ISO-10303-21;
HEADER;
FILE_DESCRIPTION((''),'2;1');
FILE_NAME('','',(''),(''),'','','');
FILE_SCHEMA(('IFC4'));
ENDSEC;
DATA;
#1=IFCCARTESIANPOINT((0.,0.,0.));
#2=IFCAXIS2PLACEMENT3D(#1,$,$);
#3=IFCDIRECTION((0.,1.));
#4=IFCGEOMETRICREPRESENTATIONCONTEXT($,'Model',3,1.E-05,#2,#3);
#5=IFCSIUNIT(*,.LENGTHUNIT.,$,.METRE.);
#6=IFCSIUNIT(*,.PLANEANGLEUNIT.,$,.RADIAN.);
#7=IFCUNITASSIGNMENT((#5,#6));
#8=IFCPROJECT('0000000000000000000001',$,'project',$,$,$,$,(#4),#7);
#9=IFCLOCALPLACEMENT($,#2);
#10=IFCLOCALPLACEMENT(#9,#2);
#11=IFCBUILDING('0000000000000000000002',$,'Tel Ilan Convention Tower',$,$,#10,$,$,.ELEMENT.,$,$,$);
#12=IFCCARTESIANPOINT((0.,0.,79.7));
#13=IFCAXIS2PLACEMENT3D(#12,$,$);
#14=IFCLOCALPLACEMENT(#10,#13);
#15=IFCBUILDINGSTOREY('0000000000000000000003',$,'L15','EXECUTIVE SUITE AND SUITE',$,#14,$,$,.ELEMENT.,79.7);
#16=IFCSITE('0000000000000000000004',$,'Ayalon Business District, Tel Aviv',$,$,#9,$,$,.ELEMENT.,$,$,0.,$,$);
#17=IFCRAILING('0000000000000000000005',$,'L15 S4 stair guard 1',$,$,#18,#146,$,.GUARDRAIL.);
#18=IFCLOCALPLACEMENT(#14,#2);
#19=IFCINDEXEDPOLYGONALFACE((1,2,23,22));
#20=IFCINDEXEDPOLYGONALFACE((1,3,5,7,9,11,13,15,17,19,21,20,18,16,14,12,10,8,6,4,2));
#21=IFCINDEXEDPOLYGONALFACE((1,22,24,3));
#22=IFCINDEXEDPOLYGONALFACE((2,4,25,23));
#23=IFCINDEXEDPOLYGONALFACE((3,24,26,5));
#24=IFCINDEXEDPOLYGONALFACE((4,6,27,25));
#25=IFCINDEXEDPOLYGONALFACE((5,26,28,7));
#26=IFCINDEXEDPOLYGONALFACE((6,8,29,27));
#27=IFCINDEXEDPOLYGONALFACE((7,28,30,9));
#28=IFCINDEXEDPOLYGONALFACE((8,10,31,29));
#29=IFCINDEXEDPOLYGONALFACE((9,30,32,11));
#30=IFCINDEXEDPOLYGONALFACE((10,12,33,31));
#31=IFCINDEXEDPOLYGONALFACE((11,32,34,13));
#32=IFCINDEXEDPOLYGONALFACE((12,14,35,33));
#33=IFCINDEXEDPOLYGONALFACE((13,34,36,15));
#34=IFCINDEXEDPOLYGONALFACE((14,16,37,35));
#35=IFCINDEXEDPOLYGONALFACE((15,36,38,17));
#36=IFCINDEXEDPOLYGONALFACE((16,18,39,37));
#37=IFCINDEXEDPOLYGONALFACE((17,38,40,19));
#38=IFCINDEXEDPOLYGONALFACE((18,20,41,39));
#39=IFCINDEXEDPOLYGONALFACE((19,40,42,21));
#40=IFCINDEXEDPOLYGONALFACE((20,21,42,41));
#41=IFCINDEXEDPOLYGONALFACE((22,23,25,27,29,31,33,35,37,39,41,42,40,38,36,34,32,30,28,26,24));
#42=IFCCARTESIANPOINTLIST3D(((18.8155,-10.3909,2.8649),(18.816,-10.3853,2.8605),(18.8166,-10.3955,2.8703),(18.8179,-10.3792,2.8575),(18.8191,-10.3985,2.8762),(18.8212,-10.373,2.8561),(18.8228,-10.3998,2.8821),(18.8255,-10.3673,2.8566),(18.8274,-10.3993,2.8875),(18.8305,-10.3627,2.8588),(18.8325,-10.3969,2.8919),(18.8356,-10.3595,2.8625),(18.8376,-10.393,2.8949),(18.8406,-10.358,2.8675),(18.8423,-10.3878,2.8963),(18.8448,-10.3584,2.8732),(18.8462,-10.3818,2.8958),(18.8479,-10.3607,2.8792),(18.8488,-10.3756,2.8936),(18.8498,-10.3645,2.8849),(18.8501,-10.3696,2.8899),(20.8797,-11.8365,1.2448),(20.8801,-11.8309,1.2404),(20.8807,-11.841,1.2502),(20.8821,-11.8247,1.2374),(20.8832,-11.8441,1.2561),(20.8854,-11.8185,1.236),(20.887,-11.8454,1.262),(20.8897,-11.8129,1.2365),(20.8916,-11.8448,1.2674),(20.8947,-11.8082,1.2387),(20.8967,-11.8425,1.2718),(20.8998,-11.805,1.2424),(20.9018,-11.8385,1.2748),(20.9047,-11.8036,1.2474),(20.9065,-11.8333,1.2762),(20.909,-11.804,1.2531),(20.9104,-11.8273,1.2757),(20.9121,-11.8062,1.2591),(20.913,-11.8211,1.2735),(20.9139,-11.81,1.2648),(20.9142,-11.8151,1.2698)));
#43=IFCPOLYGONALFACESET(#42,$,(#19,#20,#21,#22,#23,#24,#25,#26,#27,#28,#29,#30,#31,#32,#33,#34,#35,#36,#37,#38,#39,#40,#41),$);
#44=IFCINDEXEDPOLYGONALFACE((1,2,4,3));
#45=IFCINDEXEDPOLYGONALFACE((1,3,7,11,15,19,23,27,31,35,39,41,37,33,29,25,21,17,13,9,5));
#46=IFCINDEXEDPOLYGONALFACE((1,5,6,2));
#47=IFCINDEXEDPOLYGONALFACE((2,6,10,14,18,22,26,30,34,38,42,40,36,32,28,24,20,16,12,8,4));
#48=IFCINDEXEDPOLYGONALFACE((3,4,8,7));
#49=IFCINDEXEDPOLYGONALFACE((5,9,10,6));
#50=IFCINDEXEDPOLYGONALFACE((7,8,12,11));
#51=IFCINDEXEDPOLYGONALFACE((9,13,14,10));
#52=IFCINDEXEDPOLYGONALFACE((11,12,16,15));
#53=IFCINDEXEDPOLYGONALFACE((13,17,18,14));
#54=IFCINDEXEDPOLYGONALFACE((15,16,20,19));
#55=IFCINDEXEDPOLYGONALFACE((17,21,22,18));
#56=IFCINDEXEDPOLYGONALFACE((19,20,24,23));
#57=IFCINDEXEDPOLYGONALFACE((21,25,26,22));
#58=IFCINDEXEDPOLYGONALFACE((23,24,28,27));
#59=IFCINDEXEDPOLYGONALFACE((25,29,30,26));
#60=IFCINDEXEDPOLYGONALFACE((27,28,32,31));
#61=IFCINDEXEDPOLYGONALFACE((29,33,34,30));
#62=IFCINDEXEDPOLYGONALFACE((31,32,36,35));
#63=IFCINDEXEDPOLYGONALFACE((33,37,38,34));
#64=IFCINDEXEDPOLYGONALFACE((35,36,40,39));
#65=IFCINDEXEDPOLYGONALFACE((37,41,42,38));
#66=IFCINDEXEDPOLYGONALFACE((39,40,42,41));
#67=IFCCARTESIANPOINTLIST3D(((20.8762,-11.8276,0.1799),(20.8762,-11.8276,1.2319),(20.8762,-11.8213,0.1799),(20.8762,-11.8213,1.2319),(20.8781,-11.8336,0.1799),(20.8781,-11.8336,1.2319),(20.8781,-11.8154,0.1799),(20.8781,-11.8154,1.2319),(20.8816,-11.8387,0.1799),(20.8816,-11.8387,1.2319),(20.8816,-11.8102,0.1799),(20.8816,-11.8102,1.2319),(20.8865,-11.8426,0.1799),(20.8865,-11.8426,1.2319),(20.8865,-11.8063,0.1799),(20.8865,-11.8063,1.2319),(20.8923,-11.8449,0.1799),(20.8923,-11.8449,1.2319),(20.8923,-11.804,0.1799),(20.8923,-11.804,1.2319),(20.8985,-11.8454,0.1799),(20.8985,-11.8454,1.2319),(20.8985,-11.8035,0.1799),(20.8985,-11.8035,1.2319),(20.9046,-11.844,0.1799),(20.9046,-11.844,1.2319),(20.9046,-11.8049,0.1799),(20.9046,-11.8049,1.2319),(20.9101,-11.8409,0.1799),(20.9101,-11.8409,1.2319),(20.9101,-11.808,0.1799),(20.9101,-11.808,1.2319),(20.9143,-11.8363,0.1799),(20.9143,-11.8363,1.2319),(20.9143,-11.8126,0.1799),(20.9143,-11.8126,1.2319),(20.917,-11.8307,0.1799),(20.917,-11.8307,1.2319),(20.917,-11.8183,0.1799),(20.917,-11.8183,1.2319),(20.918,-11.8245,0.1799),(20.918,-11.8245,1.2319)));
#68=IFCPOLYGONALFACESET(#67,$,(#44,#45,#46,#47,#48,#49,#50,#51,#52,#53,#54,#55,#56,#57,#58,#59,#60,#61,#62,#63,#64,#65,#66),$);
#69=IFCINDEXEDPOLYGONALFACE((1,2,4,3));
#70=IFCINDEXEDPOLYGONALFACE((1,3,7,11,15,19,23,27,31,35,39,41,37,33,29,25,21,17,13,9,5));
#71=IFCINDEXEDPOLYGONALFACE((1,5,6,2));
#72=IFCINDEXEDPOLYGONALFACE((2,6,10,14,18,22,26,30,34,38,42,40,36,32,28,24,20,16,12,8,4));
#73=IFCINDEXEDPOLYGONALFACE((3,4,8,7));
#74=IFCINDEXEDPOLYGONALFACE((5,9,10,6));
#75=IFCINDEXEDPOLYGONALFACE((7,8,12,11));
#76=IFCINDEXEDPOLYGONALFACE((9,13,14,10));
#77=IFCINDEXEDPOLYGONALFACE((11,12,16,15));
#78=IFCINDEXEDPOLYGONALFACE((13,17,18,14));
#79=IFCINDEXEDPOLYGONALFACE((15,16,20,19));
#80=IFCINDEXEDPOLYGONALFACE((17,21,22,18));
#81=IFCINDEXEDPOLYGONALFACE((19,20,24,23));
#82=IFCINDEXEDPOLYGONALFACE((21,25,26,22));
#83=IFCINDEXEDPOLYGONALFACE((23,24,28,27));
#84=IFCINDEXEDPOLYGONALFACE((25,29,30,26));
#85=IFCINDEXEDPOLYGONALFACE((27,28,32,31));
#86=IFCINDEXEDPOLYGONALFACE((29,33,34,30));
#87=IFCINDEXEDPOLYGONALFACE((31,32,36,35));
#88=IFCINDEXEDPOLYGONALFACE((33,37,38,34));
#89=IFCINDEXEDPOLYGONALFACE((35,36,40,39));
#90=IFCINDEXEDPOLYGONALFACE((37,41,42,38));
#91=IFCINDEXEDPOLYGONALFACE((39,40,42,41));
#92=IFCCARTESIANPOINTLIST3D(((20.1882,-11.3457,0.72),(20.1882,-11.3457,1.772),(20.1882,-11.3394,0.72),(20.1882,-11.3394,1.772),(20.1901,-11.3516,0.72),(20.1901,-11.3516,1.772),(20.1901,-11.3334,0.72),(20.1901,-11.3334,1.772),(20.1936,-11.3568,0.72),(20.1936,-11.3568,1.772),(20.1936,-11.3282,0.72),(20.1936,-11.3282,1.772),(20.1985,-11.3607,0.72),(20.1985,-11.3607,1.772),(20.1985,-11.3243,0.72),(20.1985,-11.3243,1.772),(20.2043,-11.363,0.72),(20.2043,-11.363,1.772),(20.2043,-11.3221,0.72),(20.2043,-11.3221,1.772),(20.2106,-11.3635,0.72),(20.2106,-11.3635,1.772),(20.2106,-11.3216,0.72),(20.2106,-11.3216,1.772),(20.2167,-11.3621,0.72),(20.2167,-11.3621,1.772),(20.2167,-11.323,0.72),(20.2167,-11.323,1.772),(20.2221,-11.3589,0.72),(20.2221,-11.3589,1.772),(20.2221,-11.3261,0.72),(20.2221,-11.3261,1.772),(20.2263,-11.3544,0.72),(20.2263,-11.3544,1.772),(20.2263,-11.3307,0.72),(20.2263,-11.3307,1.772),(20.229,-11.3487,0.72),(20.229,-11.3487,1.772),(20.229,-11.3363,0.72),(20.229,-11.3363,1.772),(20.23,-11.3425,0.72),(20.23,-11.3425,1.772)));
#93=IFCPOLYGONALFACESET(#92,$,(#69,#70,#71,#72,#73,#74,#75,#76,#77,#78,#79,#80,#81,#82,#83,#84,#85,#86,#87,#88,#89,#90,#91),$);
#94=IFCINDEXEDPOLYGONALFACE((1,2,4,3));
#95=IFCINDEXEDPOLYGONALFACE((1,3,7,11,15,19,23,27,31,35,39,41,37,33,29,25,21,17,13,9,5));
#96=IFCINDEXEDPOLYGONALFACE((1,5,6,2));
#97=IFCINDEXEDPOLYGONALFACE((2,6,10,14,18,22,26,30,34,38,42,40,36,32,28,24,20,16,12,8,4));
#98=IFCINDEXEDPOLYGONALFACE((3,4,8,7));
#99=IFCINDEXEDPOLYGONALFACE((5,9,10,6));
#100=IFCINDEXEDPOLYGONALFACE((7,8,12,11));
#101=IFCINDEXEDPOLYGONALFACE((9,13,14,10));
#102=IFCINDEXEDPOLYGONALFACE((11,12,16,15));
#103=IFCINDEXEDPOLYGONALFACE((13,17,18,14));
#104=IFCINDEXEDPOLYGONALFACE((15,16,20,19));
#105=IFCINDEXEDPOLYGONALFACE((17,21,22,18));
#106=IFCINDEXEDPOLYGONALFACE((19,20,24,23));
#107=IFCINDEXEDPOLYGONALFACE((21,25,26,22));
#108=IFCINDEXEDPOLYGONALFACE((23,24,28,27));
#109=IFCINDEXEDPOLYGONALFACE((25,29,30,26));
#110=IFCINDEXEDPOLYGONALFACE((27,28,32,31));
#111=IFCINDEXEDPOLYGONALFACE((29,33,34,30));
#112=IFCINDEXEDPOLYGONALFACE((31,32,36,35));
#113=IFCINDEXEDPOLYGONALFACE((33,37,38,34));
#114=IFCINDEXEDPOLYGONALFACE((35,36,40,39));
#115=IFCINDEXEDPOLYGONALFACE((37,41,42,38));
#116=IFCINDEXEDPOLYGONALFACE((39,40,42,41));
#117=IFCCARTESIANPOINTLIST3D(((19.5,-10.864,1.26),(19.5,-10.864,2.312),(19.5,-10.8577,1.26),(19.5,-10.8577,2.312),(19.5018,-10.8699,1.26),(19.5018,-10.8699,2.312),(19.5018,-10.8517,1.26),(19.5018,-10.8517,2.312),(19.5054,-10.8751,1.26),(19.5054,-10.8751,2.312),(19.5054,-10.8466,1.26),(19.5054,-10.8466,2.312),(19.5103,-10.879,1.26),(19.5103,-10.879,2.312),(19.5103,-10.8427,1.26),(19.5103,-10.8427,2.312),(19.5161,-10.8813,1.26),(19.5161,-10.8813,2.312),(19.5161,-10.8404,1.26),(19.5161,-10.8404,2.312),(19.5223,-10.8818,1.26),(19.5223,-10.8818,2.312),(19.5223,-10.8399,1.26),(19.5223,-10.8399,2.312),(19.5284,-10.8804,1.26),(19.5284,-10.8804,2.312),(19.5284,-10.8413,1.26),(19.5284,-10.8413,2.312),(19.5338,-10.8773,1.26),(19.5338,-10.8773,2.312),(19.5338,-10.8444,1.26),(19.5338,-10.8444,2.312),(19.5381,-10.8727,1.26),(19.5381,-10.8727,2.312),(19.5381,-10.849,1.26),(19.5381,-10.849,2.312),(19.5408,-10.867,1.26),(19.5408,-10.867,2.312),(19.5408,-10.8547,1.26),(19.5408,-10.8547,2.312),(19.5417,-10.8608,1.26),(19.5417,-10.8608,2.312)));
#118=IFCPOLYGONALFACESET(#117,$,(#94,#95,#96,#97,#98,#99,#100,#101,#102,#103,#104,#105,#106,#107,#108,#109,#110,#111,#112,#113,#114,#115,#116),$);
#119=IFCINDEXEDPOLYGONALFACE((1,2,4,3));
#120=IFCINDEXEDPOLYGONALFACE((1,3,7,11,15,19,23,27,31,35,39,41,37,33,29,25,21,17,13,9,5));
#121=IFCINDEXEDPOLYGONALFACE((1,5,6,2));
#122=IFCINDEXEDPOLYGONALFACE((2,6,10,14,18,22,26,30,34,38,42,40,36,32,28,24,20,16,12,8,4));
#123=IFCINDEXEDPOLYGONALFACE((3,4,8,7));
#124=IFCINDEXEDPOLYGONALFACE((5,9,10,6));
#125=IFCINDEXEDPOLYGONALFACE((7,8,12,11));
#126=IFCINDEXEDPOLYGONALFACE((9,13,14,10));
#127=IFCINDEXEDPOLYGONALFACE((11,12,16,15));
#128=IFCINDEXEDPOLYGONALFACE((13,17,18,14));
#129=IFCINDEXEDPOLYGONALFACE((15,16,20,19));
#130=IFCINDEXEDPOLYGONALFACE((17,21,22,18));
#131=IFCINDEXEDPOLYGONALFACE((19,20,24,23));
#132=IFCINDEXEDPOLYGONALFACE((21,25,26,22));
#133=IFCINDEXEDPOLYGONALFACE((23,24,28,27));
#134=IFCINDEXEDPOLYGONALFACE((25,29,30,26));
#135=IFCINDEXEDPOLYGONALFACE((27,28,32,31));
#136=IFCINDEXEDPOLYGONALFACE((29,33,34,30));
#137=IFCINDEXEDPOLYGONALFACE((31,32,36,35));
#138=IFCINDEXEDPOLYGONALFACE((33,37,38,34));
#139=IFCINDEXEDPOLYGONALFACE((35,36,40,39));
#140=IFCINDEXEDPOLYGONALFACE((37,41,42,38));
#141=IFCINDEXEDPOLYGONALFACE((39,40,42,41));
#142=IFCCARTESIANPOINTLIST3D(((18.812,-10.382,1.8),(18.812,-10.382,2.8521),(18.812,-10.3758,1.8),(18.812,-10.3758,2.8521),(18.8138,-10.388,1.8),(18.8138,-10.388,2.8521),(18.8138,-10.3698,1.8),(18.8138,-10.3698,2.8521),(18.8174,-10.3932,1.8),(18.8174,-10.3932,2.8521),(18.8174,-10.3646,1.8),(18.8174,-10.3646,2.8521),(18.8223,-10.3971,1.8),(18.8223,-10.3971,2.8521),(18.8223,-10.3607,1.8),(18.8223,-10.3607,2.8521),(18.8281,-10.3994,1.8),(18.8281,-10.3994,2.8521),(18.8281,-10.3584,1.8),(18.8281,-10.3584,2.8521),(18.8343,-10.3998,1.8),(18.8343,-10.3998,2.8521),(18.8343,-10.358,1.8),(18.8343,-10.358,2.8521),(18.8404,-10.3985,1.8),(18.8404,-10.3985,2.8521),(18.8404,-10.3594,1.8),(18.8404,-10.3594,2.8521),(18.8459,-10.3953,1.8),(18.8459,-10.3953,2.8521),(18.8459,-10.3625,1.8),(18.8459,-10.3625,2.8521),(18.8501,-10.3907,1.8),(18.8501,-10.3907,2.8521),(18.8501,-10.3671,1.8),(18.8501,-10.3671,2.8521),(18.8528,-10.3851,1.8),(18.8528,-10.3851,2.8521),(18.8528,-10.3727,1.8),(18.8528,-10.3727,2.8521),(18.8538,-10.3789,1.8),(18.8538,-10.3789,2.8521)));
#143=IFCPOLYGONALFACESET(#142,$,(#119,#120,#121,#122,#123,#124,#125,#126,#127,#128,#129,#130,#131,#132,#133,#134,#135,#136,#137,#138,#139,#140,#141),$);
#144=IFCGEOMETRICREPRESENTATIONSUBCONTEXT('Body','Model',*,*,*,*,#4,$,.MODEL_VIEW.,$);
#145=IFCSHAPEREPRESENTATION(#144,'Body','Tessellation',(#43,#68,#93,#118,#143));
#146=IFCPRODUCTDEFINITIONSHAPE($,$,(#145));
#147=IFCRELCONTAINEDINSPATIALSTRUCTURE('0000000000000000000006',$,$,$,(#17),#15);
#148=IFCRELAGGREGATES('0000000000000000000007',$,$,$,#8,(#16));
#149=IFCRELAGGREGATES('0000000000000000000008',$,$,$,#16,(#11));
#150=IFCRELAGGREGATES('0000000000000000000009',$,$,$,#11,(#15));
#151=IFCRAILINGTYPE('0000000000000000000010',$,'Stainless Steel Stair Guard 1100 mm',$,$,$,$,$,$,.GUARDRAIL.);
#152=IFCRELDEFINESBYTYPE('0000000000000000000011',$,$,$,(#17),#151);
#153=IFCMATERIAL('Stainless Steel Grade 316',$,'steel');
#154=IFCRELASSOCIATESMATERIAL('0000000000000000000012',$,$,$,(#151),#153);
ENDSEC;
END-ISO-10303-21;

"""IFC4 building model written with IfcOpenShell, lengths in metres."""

from ifc_helpers import new_model, si_unit, direction, frame, origin, origin_2d, place, context, subcontext, project, spatial, circle, extrude, material, type_object, element, save


model = new_model("IFC4")

# Units and contexts
model_context = context("Model", 3, precision=1e-05, world=origin(), true_north=direction((0.0, 1.0)))
body_context = subcontext(model_context, "Body", "Model", "MODEL_VIEW")
ifc_project = project(units=[si_unit("LENGTHUNIT", "METRE"), si_unit("PLANEANGLEUNIT", "RADIAN")], contexts=[model_context])

# Site, building, storey
site_placement = place(None, origin())
site = spatial("IfcSite", under=ifc_project, at=site_placement, Name="Ayalon Business District, Tel Aviv", CompositionType="ELEMENT", RefElevation=0.0)
building_placement = place(site_placement, origin())
building = spatial("IfcBuilding", under=site, at=building_placement, Name="Tel Ilan Convention Tower", CompositionType="ELEMENT")
storey_placement = place(building_placement, frame((0.0, 0.0, 79.7)))
storey = spatial("IfcBuildingStorey", under=building, at=storey_placement, Name="L15", Description="EXECUTIVE SUITE AND SUITE", CompositionType="ELEMENT", Elevation=79.7)

# Railing
ifc_material_1 = material(Name="Stainless Steel Grade 316", Category="steel")
railing_type_1 = type_object("IfcRailingType", Name="Stainless Steel Stair Guard 1100 mm", PredefinedType="GUARDRAIL", material=ifc_material_1)
railing_1_placement = place(storey_placement, frame((20.897, -11.8245, 0.1799)))
element("IfcRailing", 1, at=railing_1_placement, inside=storey, type_object=railing_type_1, Name="L15 S4 stair guard 1", PredefinedType="GUARDRAIL", context=body_context, shape_type="SweptSolid", body=[
    extrude(circle(Radius=0.0239, at=origin_2d()), frame((0.0, 0.0, 1.0762), z_axis=(-0.689013, 0.482513, 0.540779), x_axis=(-0.573625, -0.819118, 0.0)), (0.0, 0.0, 1.0), 2.9958),
    extrude(circle(Radius=0.021, at=origin_2d()), origin(), (0.0, 0.0, 1.0), 1.052),
    extrude(circle(Radius=0.021, at=origin_2d()), frame((-0.688, 0.4819, 0.54)), (0.0, 0.0, 1.0), 1.052),
    extrude(circle(Radius=0.021, at=origin_2d()), frame((-1.3762, 0.9636, 1.0801)), (0.0, 0.0, 1.0), 1.052),
    extrude(circle(Radius=0.021, at=origin_2d()), frame((-2.0642, 1.4456, 1.6201)), (0.0, 0.0, 1.0), 1.052),
])

save(model, "model.ifc")
